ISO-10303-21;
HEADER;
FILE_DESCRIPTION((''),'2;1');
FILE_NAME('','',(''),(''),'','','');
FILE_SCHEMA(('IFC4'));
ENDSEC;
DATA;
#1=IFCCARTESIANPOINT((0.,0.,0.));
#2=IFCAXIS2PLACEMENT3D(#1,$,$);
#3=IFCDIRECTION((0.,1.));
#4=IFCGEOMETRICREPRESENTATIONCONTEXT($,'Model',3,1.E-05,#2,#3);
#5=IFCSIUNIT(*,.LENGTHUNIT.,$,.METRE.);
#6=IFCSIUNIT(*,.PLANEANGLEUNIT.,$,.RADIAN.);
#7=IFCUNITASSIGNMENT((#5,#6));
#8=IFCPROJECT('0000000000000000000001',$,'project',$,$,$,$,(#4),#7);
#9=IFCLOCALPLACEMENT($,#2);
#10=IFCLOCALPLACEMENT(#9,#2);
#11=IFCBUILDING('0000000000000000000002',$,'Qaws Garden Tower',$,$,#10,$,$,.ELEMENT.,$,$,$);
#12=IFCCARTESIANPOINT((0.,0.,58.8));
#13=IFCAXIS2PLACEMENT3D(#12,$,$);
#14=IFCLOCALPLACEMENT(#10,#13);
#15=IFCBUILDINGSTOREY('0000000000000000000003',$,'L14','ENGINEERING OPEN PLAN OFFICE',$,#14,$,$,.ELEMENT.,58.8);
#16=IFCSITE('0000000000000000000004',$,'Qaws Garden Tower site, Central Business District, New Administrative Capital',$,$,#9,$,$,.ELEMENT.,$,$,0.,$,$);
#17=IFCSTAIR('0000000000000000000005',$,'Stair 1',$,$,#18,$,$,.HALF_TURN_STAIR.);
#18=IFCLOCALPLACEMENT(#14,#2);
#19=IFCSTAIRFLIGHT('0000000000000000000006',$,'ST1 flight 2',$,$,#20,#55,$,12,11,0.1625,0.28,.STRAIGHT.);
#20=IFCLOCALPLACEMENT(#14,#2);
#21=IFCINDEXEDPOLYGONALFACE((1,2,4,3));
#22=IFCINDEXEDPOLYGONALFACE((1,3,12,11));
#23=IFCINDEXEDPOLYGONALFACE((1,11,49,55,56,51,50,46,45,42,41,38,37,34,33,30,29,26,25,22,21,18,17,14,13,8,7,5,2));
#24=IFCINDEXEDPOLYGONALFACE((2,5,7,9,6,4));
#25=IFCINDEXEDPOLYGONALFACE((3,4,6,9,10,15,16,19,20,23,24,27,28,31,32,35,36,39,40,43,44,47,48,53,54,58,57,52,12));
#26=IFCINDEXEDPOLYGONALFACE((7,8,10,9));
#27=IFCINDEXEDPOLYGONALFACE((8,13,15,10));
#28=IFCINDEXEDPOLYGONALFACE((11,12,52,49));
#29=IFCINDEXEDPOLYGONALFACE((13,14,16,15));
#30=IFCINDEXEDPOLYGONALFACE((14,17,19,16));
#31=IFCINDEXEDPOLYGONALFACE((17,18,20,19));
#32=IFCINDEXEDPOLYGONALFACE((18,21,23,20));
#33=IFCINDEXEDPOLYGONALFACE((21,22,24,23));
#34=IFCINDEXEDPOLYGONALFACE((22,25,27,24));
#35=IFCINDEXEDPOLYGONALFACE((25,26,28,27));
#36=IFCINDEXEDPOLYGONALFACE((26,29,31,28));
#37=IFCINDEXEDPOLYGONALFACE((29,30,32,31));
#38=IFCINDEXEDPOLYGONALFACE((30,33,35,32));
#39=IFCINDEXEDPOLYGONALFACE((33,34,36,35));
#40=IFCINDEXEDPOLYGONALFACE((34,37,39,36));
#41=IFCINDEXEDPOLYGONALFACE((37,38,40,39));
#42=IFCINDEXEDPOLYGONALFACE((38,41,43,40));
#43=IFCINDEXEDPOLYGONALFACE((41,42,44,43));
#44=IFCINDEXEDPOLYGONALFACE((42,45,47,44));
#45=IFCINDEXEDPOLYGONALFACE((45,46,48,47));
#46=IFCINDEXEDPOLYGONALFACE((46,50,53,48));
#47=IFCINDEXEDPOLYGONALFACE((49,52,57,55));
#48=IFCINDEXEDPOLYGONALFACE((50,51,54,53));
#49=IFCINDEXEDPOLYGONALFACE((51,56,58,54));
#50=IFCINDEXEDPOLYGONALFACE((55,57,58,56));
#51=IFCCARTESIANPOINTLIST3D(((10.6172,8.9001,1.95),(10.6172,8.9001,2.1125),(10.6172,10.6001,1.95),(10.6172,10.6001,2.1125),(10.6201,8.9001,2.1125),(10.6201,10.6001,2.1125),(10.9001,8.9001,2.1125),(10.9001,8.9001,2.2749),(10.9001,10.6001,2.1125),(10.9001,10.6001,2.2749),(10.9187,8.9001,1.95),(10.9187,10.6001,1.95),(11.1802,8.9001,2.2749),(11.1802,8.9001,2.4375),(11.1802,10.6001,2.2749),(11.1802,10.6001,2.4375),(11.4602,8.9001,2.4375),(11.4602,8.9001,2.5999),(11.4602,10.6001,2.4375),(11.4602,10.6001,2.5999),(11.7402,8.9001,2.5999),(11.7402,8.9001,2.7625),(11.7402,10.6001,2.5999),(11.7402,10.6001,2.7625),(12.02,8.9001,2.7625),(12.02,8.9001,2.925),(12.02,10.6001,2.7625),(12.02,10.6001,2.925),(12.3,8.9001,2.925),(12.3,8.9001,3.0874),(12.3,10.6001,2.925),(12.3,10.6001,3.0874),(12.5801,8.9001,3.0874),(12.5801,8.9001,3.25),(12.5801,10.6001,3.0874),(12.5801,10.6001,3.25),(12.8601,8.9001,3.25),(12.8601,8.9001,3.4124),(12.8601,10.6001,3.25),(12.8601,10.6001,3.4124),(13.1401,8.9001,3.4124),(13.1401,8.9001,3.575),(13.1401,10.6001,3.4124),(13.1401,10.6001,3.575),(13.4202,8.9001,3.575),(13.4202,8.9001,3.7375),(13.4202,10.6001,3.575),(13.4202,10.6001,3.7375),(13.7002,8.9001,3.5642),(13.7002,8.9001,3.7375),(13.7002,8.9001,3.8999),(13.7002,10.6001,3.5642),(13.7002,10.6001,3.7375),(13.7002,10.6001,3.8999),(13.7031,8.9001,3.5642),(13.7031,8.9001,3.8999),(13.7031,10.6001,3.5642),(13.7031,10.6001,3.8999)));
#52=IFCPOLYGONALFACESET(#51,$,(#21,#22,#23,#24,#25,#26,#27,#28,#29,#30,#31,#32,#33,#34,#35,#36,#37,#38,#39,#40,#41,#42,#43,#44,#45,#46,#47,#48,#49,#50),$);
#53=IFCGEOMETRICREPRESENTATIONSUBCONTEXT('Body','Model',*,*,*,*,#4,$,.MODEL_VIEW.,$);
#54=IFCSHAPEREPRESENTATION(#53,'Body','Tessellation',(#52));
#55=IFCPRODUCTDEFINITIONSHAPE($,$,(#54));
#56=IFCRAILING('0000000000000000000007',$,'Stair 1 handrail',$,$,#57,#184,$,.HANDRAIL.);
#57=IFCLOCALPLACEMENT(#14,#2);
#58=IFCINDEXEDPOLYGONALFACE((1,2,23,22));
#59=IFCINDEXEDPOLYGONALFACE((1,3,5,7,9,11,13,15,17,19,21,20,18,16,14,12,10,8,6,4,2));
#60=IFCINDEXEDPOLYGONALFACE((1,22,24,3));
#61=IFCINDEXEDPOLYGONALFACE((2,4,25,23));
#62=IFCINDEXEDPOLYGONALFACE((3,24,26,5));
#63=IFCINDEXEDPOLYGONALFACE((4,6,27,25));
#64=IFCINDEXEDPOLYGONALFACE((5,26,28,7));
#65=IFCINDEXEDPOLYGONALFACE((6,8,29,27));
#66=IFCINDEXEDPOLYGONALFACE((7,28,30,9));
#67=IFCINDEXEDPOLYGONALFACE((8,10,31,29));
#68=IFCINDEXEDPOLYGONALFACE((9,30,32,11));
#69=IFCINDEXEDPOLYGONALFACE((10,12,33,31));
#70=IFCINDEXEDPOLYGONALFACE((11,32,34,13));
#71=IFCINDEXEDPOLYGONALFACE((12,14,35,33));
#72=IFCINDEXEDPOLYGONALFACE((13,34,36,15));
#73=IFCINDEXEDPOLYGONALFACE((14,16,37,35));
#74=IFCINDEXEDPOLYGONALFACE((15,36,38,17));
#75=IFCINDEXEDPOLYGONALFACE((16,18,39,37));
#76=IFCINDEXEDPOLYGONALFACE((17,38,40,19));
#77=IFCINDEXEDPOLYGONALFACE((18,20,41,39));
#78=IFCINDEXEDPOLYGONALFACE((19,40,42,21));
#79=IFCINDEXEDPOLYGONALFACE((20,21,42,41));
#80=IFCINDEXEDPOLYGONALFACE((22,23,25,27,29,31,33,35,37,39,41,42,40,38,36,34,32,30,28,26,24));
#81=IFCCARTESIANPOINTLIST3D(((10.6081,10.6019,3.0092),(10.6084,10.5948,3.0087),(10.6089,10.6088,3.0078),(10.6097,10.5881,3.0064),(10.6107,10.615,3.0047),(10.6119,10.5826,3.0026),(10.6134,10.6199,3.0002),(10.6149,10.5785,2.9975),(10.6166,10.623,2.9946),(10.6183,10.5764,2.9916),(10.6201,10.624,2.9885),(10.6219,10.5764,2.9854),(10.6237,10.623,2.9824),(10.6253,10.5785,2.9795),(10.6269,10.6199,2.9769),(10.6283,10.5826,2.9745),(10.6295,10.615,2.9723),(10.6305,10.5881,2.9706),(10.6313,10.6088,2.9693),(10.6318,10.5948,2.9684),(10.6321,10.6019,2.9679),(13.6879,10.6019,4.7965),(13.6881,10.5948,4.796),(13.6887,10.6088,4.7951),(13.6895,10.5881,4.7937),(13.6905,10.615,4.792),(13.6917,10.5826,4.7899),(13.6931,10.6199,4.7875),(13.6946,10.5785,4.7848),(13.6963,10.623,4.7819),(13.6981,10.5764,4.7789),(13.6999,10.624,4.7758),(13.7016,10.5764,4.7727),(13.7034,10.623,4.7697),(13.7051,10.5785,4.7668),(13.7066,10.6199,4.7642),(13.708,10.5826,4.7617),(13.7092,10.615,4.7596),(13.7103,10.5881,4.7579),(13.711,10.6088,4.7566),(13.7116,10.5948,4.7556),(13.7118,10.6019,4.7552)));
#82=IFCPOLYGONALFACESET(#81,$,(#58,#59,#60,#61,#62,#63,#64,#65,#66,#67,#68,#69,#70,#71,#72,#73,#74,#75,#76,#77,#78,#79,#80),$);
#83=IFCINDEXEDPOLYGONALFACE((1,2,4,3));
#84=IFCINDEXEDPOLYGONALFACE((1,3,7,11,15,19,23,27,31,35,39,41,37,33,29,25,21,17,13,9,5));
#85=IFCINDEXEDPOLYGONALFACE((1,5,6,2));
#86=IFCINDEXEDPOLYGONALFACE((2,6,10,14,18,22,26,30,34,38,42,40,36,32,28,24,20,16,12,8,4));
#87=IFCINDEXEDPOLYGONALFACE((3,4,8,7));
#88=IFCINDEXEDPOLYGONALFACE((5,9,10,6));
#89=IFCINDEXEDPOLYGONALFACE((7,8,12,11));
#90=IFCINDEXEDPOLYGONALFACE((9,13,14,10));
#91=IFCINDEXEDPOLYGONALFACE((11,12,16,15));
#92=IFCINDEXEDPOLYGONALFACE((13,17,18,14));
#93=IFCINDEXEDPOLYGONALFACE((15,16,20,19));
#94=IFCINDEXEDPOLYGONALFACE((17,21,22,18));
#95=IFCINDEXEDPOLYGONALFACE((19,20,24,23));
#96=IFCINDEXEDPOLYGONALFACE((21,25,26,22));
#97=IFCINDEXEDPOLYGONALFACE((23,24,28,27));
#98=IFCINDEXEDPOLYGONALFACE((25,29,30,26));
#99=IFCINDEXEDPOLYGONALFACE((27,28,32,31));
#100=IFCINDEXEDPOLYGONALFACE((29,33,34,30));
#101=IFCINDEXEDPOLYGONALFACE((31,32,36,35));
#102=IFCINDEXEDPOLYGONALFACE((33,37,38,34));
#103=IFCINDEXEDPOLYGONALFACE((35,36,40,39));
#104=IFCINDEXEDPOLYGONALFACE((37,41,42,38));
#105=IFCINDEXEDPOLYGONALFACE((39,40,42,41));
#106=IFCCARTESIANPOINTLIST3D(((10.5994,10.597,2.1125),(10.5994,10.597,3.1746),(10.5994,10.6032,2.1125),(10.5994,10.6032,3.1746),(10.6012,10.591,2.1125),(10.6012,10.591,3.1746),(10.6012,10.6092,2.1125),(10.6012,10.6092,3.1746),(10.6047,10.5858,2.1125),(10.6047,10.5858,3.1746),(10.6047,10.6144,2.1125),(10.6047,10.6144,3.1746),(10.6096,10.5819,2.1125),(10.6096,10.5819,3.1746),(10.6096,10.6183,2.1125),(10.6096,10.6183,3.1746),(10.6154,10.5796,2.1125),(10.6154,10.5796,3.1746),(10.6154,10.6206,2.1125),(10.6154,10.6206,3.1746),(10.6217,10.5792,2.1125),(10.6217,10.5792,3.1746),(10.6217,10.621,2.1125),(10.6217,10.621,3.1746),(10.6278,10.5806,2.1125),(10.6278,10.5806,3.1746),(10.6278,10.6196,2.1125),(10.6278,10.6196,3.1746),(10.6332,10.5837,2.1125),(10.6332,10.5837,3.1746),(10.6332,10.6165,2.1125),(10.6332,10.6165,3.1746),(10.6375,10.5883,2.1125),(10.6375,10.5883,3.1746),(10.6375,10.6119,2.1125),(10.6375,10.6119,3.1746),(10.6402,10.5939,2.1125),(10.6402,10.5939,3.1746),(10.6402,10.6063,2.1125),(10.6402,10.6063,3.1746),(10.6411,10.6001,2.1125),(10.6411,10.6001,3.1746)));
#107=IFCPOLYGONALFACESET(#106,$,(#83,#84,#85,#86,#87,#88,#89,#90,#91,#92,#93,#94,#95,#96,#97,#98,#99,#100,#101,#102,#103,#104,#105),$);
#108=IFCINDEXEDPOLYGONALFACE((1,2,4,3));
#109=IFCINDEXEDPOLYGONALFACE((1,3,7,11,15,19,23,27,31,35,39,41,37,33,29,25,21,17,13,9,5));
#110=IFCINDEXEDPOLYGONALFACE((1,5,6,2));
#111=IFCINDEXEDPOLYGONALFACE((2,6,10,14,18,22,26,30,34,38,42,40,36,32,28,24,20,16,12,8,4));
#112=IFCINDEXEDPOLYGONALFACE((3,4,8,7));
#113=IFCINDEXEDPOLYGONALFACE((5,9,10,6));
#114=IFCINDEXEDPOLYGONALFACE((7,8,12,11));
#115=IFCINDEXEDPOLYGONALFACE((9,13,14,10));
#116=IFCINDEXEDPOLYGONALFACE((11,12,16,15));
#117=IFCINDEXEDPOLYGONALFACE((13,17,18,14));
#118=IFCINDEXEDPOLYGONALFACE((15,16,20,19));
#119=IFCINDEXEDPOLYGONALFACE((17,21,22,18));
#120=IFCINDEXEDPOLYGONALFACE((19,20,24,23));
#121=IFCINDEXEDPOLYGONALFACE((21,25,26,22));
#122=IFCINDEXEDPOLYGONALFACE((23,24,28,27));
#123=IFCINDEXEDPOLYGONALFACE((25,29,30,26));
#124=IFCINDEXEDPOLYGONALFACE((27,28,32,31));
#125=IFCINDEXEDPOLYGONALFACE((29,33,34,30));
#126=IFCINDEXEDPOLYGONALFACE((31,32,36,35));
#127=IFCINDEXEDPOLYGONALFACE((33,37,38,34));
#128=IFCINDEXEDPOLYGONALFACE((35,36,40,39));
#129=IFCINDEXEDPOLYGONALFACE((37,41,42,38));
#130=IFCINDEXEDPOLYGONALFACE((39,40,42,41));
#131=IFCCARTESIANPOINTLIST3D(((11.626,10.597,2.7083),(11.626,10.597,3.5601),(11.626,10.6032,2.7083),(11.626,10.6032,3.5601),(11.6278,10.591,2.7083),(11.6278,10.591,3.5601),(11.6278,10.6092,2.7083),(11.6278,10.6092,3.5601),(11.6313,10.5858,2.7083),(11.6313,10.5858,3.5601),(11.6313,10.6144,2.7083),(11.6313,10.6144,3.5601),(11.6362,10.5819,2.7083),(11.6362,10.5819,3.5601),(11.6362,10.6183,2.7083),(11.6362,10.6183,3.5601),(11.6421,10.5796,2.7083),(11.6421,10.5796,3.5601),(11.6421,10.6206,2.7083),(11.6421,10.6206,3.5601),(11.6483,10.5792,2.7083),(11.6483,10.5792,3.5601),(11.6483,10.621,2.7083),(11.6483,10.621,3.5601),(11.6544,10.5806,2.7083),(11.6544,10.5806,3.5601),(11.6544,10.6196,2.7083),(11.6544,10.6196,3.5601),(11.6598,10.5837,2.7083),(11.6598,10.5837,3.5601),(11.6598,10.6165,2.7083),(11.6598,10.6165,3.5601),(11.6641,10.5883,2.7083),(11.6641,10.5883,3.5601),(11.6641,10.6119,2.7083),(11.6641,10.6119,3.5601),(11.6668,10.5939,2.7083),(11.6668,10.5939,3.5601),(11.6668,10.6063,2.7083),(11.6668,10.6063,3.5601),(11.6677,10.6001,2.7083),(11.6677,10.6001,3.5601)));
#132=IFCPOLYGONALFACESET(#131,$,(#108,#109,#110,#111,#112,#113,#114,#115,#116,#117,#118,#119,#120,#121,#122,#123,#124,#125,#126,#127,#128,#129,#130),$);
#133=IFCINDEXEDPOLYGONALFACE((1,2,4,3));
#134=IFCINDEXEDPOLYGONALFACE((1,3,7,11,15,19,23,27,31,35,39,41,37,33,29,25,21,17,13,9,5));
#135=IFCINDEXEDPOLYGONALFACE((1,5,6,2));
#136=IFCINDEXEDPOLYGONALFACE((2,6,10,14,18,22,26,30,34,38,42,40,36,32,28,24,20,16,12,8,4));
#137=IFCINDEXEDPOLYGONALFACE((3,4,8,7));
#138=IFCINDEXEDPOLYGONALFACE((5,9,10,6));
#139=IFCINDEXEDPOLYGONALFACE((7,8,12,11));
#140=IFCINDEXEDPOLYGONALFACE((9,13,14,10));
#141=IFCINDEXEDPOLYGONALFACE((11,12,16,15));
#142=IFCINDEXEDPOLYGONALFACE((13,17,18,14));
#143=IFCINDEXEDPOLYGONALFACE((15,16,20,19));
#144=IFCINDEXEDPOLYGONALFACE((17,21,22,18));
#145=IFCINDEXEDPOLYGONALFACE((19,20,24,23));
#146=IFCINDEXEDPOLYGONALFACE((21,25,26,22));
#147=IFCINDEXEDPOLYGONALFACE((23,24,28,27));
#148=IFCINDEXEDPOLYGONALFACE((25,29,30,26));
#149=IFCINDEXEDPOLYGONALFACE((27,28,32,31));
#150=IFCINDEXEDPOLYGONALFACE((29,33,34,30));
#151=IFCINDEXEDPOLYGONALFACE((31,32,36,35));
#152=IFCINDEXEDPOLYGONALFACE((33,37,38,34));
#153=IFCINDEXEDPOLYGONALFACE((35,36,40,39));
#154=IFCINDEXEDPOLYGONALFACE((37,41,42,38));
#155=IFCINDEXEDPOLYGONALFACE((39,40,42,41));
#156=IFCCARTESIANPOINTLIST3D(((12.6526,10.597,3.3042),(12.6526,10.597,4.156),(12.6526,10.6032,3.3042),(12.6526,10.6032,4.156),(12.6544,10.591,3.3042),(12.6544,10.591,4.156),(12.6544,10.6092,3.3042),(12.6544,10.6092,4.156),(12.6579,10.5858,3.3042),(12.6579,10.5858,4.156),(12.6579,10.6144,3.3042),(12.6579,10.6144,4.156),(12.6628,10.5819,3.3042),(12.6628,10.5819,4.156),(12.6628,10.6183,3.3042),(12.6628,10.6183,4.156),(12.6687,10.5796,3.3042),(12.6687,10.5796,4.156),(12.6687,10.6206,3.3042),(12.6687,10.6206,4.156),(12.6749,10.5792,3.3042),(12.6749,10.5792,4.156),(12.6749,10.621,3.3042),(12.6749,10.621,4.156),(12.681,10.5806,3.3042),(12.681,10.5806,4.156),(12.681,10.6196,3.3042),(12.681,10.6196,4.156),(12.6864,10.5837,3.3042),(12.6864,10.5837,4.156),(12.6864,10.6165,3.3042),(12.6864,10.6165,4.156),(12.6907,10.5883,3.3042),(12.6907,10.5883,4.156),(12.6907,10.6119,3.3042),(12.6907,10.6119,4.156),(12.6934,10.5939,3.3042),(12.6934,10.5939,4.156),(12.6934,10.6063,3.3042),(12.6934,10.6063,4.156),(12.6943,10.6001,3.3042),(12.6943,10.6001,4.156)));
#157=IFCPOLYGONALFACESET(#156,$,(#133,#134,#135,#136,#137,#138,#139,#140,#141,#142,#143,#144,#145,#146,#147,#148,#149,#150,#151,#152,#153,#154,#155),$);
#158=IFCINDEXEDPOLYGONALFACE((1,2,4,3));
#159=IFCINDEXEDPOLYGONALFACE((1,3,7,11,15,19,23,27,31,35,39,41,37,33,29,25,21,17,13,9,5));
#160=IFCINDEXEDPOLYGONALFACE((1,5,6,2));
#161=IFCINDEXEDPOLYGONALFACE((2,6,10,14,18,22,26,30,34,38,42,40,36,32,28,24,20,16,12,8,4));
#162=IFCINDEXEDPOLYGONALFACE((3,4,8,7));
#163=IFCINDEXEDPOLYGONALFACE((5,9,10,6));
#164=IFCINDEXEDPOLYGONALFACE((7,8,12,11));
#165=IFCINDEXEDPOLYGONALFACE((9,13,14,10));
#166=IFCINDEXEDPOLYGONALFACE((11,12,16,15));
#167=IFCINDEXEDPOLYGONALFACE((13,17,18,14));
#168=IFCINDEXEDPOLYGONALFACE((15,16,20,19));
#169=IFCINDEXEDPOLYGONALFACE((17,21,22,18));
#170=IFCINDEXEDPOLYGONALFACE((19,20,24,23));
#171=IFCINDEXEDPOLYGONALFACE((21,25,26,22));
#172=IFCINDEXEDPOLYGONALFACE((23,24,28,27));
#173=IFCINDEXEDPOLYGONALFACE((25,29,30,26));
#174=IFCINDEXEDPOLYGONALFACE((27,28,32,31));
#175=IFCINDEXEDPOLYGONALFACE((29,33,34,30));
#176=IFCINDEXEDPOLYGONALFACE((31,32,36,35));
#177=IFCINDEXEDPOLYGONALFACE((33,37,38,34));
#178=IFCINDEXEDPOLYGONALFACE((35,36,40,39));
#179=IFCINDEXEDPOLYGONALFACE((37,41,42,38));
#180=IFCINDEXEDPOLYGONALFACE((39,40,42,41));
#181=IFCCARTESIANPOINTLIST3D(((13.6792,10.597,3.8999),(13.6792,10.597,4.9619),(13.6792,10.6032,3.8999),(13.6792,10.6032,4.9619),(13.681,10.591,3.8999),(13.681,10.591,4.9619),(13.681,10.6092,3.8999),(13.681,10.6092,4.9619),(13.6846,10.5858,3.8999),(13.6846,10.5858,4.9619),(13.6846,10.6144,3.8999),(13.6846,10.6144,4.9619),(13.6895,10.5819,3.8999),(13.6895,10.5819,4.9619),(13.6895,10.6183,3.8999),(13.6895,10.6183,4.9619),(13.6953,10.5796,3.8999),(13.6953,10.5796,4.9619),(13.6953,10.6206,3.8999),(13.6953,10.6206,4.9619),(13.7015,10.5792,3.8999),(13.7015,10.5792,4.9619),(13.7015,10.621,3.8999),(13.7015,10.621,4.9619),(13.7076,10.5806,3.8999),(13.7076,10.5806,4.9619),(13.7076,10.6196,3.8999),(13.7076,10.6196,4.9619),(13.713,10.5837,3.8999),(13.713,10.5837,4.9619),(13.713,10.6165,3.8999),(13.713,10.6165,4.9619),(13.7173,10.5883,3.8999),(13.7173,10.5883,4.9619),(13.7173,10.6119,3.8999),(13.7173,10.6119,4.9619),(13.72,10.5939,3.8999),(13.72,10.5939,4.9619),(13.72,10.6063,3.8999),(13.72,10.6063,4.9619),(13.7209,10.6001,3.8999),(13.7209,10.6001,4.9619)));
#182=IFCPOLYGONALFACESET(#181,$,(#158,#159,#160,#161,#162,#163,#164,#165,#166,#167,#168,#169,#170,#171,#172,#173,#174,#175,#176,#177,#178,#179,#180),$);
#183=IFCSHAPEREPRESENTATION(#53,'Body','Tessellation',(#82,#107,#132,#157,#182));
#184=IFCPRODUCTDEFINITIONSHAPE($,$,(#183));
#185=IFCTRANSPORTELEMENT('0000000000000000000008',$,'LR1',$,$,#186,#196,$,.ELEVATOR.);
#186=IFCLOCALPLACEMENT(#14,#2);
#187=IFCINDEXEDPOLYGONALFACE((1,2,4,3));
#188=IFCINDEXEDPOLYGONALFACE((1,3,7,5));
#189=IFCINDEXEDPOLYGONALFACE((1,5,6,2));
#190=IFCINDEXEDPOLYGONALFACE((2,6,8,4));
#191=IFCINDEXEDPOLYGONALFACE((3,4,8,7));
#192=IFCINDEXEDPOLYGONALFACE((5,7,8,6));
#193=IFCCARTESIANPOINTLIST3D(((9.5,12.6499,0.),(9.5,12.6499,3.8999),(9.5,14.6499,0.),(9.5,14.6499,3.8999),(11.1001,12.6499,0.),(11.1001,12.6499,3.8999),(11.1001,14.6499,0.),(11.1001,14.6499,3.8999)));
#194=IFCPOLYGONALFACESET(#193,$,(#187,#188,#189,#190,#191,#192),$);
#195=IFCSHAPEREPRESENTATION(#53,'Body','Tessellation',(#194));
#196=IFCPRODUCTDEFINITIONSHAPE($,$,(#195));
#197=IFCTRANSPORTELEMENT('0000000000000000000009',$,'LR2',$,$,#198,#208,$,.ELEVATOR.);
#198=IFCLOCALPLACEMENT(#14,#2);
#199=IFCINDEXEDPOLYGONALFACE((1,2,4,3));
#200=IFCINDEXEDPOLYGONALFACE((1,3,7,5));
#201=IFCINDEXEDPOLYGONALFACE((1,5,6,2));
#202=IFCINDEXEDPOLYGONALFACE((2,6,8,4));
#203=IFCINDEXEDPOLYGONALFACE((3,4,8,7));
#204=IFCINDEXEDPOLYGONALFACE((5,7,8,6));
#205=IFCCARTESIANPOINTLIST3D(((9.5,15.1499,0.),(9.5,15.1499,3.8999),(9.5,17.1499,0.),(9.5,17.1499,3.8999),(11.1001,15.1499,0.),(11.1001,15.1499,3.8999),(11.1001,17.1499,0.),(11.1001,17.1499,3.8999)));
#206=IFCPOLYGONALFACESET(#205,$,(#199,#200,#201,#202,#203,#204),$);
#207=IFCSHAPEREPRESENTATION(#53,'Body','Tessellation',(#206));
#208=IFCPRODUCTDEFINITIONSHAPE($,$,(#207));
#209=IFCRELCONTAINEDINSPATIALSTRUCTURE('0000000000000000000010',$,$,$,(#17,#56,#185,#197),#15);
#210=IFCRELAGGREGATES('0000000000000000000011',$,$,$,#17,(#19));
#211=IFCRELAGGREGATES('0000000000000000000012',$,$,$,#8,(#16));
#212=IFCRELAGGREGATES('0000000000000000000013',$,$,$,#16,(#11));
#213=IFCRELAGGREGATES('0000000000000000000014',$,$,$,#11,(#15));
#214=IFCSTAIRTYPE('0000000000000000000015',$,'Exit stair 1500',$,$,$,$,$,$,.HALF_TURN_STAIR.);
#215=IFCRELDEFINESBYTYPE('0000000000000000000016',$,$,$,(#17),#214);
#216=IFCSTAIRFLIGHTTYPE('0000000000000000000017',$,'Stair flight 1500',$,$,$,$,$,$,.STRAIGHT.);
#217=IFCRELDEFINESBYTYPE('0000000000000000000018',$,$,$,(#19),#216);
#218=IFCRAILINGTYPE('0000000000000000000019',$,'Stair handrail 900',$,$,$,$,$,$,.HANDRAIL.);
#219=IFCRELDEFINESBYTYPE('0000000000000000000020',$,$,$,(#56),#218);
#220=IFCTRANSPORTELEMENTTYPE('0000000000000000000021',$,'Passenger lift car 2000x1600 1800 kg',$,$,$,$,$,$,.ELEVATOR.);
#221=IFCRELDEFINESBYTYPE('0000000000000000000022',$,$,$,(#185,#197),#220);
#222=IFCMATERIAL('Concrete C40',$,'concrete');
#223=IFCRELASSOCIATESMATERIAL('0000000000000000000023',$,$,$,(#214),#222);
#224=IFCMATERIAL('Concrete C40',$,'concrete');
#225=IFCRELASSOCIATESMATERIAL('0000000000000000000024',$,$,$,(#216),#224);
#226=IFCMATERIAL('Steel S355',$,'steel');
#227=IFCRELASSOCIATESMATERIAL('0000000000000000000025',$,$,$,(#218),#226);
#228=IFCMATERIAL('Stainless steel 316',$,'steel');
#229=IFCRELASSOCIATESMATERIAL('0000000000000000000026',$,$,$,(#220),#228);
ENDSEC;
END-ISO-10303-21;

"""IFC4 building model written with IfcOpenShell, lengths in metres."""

from ifc_helpers import new_model, si_unit, direction, frame, origin, origin_2d, place, context, subcontext, project, spatial, polyline, rectangle, circle, outline, extrude, material, type_object, element, aggregate, save


model = new_model("IFC4")

# Units and contexts
model_context = context("Model", 3, precision=1e-05, world=origin(), true_north=direction((0.0, 1.0)))
body_context = subcontext(model_context, "Body", "Model", "MODEL_VIEW")
ifc_project = project(units=[si_unit("LENGTHUNIT", "METRE"), si_unit("PLANEANGLEUNIT", "RADIAN")], contexts=[model_context])

# Site, building, storey
site_placement = place(None, origin())
site = spatial("IfcSite", under=ifc_project, at=site_placement, Name="Qaws Garden Tower site, Central Business District, New Administrative Capital", CompositionType="ELEMENT", RefElevation=0.0)
building_placement = place(site_placement, origin())
building = spatial("IfcBuilding", under=site, at=building_placement, Name="Qaws Garden Tower", CompositionType="ELEMENT")
storey_placement = place(building_placement, frame((0.0, 0.0, 58.8)))
storey = spatial("IfcBuildingStorey", under=building, at=storey_placement, Name="L14", Description="ENGINEERING OPEN PLAN OFFICE", CompositionType="ELEMENT", Elevation=58.8)

# Stair, stair flight
ifc_material_1 = material(Name="Concrete C40", Category="concrete")
stair_type = type_object("IfcStairType", Name="Exit stair 1500", PredefinedType="HALF_TURN_STAIR", material=ifc_material_1)
stair_placement = place(storey_placement, origin())
stair = element("IfcStair", 1, at=stair_placement, inside=storey, type_object=stair_type, Name="Stair 1", PredefinedType="HALF_TURN_STAIR")
ifc_material_2 = material(Name="Concrete C40", Category="concrete")
stair_flight_type = type_object("IfcStairFlightType", Name="Stair flight 1500", PredefinedType="STRAIGHT", material=ifc_material_2)
stair_flight_placement = place(storey_placement, frame((10.6201, 9.75, 1.95), z_axis=(0.0, 0.0, 1.0), x_axis=(1.0, 0.0, 0.0)))
stair_flight = element("IfcStairFlight", 2, at=stair_flight_placement, type_object=stair_flight_type, Name="ST1 flight 2", NumberOfRisers=12, NumberOfTreads=11, PredefinedType="STRAIGHT", RiserHeight=0.1625, TreadLength=0.28, context=body_context, shape_type="SweptSolid", body=[
    extrude(outline(polyline([(-0.0029, 0.0), (-0.0029, 0.1626), (0.0, 0.1626), (0.28, 0.1626), (0.28, 0.325), (0.5601, 0.325), (0.5601, 0.4875), (0.8401, 0.4875), (0.8401, 0.6499), (1.1201, 0.6499), (1.1201, 0.8125), (1.3999, 0.8125), (1.3999, 0.9751), (1.6799, 0.9751), (1.6799, 1.1375), (1.96, 1.1375), (1.96, 1.3), (2.24, 1.3), (2.24, 1.4624), (2.52, 1.4624), (2.52, 1.625), (2.8, 1.625), (2.8, 1.7876), (3.0801, 1.7876), (3.0801, 1.95), (3.083, 1.95), (3.083, 1.6143), (3.0801, 1.6143), (0.2986, 0.0), (-0.0029, 0.0)])), frame((0.0, 0.8501, 0.0), z_axis=(0.0, -1.0, 0.0), x_axis=(1.0, 0.0, 0.0)), (0.0, 0.0, 1.0), 1.7),
])
aggregate(stair, [stair_flight])

# Railing
ifc_material_3 = material(Name="Steel S355", Category="steel")
railing_type = type_object("IfcRailingType", Name="Stair handrail 900", PredefinedType="HANDRAIL", material=ifc_material_3)
railing_placement = place(storey_placement, frame((10.6201, 10.6001, 2.1125)))
element("IfcRailing", 3, at=railing_placement, inside=storey, type_object=railing_type, Name="Stair 1 handrail", PredefinedType="HANDRAIL", context=body_context, shape_type="SweptSolid", body=[
    extrude(circle(Radius=0.0239, at=origin_2d()), frame((0.0, 0.0, 0.876), z_axis=(0.864903, 0.0, 0.501939), x_axis=(0.0, 1.0, 0.0)), (0.0, 0.0, 1.0), 3.5608),
    extrude(circle(Radius=0.021, at=origin_2d()), origin(), (0.0, 0.0, 1.0), 1.062),
    extrude(circle(Radius=0.021, at=origin_2d()), frame((1.0266, 0.0, 0.5957)), (0.0, 0.0, 1.0), 0.8518),
    extrude(circle(Radius=0.021, at=origin_2d()), frame((2.0532, 0.0, 1.1917)), (0.0, 0.0, 1.0), 0.8518),
    extrude(circle(Radius=0.021, at=origin_2d()), frame((3.0798, 0.0, 1.7874)), (0.0, 0.0, 1.0), 1.062),
])

# Transport elements
ifc_material_4 = material(Name="Stainless steel 316", Category="steel")
transport_element_type = type_object("IfcTransportElementType", Name="Passenger lift car 2000x1600 1800 kg", PredefinedType="ELEVATOR", material=ifc_material_4)
for number, where, z_axis, x_axis, name in (
    (4, (10.3, 13.6499, 0.0), (0.0, 0.0, 1.0), (1.0, 0.0, 0.0), "LR1"),
    (5, (10.3, 16.1499, 0.0), (0.0, 0.0, 1.0), (1.0, 0.0, 0.0), "LR2"),
):
    element("IfcTransportElement", number, at=place(storey_placement, frame(where, z_axis=z_axis, x_axis=x_axis)), inside=storey, type_object=transport_element_type, Name=name, PredefinedType="ELEVATOR", context=body_context, shape_type="SweptSolid", body=[
        extrude(rectangle(XDim=1.6001, YDim=2.0, at=origin_2d()), origin(), (0.0, 0.0, 1.0), 3.8999),
    ])

save(model, "model.ifc")
